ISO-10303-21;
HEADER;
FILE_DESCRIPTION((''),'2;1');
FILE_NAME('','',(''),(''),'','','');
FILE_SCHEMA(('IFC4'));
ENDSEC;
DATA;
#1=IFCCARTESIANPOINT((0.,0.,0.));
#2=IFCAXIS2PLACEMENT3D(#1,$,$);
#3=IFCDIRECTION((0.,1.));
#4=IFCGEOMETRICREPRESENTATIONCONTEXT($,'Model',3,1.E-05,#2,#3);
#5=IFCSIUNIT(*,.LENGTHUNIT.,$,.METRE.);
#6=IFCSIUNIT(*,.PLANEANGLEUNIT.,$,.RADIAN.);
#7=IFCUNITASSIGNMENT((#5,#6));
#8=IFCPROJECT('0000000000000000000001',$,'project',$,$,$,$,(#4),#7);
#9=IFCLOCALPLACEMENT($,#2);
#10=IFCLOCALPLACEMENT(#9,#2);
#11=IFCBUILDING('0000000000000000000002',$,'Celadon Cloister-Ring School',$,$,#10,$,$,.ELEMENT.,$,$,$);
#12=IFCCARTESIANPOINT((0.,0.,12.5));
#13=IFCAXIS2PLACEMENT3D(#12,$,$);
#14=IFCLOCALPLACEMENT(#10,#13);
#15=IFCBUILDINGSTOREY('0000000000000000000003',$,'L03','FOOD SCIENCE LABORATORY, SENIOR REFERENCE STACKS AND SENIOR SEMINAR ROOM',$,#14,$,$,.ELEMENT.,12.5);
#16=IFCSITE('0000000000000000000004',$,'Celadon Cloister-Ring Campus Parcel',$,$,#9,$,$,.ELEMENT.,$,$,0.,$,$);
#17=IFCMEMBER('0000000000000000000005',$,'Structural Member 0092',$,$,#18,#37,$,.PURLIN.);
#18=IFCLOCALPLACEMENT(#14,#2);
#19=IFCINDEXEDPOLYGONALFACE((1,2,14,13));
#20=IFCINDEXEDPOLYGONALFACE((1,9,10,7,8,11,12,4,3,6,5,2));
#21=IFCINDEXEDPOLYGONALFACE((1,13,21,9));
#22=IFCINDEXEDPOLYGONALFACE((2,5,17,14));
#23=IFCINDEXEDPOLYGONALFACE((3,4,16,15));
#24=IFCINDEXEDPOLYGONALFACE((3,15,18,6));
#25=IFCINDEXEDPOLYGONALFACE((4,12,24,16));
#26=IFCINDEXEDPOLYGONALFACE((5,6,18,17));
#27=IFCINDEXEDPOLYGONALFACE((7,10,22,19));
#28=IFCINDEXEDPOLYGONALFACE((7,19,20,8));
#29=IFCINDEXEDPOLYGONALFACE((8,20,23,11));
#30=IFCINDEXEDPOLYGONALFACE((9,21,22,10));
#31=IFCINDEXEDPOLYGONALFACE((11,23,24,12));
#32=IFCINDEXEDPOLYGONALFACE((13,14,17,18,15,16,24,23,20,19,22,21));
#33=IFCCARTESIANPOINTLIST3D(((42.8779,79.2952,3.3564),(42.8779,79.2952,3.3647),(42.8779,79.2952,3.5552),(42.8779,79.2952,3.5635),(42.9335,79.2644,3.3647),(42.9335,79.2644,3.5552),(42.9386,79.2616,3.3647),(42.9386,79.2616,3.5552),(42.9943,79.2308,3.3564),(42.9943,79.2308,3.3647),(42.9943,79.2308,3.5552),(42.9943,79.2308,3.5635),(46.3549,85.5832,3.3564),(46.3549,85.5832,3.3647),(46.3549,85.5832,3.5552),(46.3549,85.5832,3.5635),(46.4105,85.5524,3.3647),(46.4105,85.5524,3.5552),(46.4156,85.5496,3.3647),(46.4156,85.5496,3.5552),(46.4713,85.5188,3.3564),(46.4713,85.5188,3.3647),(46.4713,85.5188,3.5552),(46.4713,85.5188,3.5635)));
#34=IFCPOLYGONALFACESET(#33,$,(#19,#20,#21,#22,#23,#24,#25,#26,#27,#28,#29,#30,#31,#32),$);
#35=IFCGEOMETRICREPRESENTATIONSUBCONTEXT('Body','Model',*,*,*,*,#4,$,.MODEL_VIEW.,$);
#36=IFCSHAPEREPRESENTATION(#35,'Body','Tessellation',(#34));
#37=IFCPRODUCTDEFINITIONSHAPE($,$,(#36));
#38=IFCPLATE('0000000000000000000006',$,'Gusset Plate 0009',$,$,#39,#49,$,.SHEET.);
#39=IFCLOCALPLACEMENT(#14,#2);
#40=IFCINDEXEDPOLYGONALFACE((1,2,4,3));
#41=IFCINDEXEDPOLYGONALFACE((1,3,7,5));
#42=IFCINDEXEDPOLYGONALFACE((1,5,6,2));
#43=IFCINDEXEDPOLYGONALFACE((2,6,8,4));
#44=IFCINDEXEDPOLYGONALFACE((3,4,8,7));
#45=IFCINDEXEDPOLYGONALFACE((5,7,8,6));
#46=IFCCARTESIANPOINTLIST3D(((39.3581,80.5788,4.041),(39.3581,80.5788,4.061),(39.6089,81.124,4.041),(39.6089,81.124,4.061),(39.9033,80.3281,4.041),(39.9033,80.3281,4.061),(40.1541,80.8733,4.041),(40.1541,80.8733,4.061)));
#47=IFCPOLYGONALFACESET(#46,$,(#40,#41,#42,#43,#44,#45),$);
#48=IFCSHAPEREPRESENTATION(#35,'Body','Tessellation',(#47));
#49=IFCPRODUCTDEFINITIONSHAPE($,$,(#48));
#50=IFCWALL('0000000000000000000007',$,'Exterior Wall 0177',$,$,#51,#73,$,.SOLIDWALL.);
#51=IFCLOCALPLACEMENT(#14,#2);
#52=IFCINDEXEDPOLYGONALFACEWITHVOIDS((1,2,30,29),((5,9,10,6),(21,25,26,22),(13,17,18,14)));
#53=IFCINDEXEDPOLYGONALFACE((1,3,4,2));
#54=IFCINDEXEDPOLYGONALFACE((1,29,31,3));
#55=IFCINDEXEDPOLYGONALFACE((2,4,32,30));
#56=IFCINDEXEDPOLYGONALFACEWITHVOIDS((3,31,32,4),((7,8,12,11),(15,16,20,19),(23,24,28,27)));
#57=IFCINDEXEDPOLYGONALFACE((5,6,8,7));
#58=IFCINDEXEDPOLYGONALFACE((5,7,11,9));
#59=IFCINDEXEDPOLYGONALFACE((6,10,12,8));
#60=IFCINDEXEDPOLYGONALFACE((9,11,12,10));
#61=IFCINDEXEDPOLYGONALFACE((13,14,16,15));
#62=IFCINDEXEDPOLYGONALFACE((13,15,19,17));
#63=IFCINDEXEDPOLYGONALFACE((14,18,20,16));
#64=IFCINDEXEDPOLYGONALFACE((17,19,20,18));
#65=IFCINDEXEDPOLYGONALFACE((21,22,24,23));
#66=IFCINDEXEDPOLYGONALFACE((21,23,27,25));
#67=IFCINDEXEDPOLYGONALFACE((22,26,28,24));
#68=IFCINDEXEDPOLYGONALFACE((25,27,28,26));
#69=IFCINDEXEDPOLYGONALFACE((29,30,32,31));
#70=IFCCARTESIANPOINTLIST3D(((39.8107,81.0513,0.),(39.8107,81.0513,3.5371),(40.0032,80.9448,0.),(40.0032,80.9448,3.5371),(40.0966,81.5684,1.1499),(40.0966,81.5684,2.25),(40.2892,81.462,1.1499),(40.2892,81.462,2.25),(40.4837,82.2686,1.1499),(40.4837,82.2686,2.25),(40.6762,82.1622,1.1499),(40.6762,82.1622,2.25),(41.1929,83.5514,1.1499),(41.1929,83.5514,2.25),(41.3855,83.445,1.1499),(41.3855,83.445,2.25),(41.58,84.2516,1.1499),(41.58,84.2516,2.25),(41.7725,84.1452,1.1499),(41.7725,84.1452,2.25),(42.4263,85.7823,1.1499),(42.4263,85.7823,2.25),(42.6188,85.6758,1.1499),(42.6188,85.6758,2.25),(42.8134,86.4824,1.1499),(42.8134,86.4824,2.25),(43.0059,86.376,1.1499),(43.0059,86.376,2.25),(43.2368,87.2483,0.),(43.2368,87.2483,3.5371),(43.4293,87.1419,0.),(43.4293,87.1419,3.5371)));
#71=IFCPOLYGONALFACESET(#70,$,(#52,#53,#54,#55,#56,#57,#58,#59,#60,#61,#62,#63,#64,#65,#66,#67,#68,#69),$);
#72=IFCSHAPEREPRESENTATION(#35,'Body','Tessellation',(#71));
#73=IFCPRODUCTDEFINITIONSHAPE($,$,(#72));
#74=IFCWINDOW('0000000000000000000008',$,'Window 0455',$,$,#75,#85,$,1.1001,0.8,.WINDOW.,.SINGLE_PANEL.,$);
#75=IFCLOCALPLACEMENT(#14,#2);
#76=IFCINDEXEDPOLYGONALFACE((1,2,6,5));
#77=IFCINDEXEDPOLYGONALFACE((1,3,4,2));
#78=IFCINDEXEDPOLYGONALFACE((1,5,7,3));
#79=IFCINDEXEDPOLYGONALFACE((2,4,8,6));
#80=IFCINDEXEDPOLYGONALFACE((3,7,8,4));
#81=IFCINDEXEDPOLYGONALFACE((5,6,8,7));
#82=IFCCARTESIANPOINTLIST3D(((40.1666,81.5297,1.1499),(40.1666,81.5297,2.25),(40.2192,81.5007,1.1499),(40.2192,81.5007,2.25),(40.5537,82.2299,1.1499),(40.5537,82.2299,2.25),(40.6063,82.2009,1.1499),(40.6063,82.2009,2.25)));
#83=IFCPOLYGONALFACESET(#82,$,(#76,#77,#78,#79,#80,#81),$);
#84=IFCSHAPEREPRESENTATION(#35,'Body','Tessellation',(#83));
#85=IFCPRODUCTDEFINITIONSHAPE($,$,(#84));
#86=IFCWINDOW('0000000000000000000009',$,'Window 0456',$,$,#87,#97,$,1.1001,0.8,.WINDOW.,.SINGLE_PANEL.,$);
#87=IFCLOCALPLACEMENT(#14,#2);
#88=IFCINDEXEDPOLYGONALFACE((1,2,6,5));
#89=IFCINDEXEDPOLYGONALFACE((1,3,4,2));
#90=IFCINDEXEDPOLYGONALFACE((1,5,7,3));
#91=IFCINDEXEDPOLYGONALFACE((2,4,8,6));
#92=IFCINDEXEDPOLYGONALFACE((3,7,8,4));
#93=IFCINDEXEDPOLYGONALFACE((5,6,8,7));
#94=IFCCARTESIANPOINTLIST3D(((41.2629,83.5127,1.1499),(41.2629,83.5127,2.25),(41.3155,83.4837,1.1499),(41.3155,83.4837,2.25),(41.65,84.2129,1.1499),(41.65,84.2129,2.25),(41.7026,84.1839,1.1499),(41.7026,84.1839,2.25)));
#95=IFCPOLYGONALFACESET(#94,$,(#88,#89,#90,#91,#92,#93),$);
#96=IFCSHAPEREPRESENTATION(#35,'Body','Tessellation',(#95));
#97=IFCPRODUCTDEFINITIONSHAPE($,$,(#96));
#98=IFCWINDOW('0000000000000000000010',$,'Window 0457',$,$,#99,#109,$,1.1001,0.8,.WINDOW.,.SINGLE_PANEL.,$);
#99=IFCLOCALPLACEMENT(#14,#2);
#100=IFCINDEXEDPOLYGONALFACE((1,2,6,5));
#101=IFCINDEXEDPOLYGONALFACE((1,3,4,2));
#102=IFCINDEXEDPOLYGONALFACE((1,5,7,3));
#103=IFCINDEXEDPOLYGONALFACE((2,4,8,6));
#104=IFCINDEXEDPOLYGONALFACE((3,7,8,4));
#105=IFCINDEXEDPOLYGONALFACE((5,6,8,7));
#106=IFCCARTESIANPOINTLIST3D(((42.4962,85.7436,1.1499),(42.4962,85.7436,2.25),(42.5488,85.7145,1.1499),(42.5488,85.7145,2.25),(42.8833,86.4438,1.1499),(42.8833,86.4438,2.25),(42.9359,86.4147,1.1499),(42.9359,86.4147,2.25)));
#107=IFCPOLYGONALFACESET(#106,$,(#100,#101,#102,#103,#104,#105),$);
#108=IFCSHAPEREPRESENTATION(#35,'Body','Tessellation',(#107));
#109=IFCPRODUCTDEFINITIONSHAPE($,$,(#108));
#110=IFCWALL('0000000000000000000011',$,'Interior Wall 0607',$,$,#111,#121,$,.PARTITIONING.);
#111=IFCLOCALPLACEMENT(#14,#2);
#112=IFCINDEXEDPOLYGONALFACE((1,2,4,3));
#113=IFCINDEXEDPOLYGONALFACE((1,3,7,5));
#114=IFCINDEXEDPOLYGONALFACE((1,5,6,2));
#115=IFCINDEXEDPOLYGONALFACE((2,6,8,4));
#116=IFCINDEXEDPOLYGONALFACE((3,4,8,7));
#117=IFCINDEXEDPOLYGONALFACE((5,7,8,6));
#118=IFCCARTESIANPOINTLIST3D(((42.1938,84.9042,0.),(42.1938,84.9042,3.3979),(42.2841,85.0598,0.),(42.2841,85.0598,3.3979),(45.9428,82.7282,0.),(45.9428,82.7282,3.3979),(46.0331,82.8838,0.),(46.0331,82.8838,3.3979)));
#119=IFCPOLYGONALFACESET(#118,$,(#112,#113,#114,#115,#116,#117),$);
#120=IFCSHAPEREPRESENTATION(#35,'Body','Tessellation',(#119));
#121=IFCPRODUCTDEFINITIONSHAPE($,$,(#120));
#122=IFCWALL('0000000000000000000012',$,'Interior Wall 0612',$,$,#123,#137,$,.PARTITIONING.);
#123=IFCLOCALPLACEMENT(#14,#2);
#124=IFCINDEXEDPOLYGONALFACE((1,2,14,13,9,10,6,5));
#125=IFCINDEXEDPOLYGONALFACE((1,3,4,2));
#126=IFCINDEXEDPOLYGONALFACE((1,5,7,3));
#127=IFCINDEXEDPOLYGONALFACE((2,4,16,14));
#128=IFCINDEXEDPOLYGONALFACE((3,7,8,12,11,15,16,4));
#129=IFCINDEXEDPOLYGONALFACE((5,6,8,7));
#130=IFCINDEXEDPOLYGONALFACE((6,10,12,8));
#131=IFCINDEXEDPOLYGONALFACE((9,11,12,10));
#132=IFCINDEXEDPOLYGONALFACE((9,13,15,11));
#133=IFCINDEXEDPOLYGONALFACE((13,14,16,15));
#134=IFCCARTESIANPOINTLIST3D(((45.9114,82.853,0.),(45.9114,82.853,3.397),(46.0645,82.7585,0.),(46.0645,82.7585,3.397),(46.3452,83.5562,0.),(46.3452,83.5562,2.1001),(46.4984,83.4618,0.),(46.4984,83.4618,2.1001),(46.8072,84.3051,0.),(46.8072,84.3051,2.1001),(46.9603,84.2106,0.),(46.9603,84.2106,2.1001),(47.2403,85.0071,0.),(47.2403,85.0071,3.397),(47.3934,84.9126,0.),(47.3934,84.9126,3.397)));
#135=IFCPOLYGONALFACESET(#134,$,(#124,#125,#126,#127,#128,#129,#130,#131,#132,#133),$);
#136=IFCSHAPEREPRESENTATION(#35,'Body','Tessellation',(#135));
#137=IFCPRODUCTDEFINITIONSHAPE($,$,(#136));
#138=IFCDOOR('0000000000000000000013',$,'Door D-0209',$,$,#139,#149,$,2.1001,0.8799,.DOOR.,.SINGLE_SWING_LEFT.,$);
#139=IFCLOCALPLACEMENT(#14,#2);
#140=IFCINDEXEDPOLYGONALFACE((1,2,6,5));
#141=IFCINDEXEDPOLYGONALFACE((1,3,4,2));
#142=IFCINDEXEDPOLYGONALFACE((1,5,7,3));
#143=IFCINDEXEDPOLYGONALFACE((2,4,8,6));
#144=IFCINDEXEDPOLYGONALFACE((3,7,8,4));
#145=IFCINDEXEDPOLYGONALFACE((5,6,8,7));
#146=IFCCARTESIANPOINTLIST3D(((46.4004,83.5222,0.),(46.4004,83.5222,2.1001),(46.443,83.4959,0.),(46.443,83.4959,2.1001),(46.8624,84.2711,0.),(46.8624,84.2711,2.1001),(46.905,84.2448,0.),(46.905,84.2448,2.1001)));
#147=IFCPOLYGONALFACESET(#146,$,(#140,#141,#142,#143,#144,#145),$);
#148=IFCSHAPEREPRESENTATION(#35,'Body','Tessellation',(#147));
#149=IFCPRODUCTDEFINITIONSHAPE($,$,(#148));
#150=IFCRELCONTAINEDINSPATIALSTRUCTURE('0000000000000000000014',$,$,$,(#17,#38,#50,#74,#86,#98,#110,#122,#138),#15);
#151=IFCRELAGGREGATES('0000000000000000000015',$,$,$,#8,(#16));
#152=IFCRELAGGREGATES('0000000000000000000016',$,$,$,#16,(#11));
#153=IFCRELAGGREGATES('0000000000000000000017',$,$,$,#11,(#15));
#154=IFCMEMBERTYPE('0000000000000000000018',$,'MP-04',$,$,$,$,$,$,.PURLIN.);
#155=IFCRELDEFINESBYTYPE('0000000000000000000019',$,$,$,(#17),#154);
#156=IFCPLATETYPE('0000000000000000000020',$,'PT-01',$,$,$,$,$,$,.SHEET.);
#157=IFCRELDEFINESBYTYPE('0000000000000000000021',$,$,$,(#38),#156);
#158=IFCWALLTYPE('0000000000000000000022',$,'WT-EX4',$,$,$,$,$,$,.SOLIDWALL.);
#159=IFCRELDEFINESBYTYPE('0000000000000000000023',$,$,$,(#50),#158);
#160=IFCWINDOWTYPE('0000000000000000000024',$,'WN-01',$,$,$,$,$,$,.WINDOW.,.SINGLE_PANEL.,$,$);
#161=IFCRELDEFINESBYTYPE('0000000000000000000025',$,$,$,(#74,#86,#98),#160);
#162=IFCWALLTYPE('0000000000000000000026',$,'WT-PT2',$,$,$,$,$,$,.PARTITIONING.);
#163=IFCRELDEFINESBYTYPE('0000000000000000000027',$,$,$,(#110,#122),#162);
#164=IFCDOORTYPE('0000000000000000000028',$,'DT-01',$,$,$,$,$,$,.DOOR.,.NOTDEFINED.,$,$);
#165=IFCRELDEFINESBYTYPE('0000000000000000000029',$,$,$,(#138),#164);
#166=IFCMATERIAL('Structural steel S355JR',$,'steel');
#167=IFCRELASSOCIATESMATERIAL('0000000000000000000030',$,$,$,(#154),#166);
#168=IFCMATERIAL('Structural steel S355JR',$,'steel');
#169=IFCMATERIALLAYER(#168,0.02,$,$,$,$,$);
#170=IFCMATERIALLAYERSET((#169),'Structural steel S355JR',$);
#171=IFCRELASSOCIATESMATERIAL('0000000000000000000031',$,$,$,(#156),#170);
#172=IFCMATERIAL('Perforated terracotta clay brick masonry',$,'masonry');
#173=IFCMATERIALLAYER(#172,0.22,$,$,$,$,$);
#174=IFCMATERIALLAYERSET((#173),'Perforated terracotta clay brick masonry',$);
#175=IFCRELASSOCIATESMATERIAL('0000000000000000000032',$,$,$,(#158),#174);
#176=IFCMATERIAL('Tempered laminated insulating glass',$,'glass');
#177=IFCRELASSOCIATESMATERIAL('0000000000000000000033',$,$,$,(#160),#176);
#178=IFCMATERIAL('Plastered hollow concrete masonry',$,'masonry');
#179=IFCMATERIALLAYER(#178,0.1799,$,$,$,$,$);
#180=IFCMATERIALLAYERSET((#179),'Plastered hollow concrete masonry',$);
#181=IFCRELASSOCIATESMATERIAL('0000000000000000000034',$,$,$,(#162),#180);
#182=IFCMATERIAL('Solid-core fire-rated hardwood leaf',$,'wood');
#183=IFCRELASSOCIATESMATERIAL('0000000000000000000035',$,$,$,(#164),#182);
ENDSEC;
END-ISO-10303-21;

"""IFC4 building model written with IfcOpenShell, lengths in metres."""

from ifc_helpers import new_model, si_unit, direction, frame, frame_2d, origin, origin_2d, place, context, subcontext, project, spatial, rectangle, i_section, extrude, material, layer, layer_set, material_profile, profile_set, type_object, element, fill, save


model = new_model("IFC4")

# Units and contexts
model_context = context("Model", 3, precision=1e-05, world=origin(), true_north=direction((0.0, 1.0)))
body_context = subcontext(model_context, "Body", "Model", "MODEL_VIEW")
ifc_project = project(units=[si_unit("LENGTHUNIT", "METRE"), si_unit("PLANEANGLEUNIT", "RADIAN")], contexts=[model_context])

# Site, building, storey
site_placement = place(None, origin())
site = spatial("IfcSite", under=ifc_project, at=site_placement, Name="Celadon Cloister-Ring Campus Parcel", CompositionType="ELEMENT", RefElevation=0.0)
building_placement = place(site_placement, origin())
building = spatial("IfcBuilding", under=site, at=building_placement, Name="Celadon Cloister-Ring School", CompositionType="ELEMENT")
storey_placement = place(building_placement, frame((0.0, 0.0, 12.5)))
storey = spatial("IfcBuildingStorey", under=building, at=storey_placement, Name="L03", Description="FOOD SCIENCE LABORATORY, SENIOR REFERENCE STACKS AND SENIOR SEMINAR ROOM", CompositionType="ELEMENT", Elevation=12.5)

# Member
ifc_material_1 = material(Name="Structural steel S355JR", Category="steel")
ifc_material_profile = material_profile(ifc_material_1, i_section(OverallWidth=0.1331, OverallDepth=0.207, WebThickness=0.0059, FlangeThickness=0.0083, at=origin_2d()), Name="W200X27")
ifc_profile_set = profile_set([ifc_material_profile], Name="Structural steel S355JR")
member_type = type_object("IfcMemberType", Name="MP-04", PredefinedType="PURLIN", material=ifc_profile_set)
member_placement = place(storey_placement, frame((46.4131, 85.551, 3.46), z_axis=(-0.483905, -0.87512, 0.0), x_axis=(0.87512, -0.483905, 0.0)))
element("IfcMember", 1, at=member_placement, inside=storey, type_object=member_type, Name="Structural Member 0092", PredefinedType="PURLIN", context=body_context, shape_type="SweptSolid", body=[
    extrude(i_section(OverallWidth=0.1331, OverallDepth=0.207, WebThickness=0.0059, FlangeThickness=0.0083, at=origin_2d()), origin(), (0.0, 0.0, 1.0), 7.1853),
])

# Plate
ifc_material_2 = material(Name="Structural steel S355JR", Category="steel")
ifc_layer_1 = layer(ifc_material_2, 0.02)
ifc_layer_set_1 = layer_set([ifc_layer_1], Name="Structural steel S355JR")
plate_type = type_object("IfcPlateType", Name="PT-01", PredefinedType="SHEET", material=ifc_layer_set_1)
plate_placement = place(storey_placement, frame((39.7561, 80.7261, 4.041), z_axis=(0.0, 0.0, 1.0), x_axis=(-0.908537, 0.417804, 0.0)))
element("IfcPlate", 2, at=plate_placement, inside=storey, type_object=plate_type, Name="Gusset Plate 0009", PredefinedType="SHEET", context=body_context, shape_type="SweptSolid", body=[
    extrude(rectangle(XDim=0.6001, YDim=0.6001, at=origin_2d()), origin(), (0.0, 0.0, 1.0), 0.02),
])

# Wall, openings, windows
ifc_material_3 = material(Name="Perforated terracotta clay brick masonry", Category="masonry")
ifc_layer_2 = layer(ifc_material_3, 0.22)
ifc_layer_set_2 = layer_set([ifc_layer_2], Name="Perforated terracotta clay brick masonry")
wall_type_1 = type_object("IfcWallType", Name="WT-EX4", PredefinedType="SOLIDWALL", material=ifc_layer_set_2)
wall_1_placement = place(storey_placement, frame((39.907, 80.998, 0.0), z_axis=(0.0, 0.0, 1.0), x_axis=(0.483833, 0.87516, 0.0)))
wall_1 = element("IfcWall", 3, at=wall_1_placement, inside=storey, type_object=wall_type_1, Name="Exterior Wall 0177", PredefinedType="SOLIDWALL", context=body_context, shape_type="SweptSolid", body=[
    extrude(rectangle(XDim=7.0811, YDim=0.22, at=frame_2d((3.5405, 0.0))), origin(), (0.0, 0.0, 1.0), 3.5371),
])
opening_1_placement = place(wall_1_placement, frame((0.5911, 0.0, 1.1499)))
opening_1 = element("IfcOpeningElement", 4, at=opening_1_placement, cuts=wall_1, PredefinedType="OPENING", context=body_context, shape_type="SweptSolid", body=[
    extrude(rectangle(XDim=0.8, YDim=1.1001, at=frame_2d((0.3999, 0.55))), frame((0.0, 0.1201, 0.0), z_axis=(0.0, -1.0, 0.0), x_axis=(1.0, 0.0, 0.0)), (0.0, 0.0, 1.0), 0.24),
])
opening_2_placement = place(wall_1_placement, frame((2.8569, 0.0, 1.1499)))
opening_2 = element("IfcOpeningElement", 5, at=opening_2_placement, cuts=wall_1, PredefinedType="OPENING", context=body_context, shape_type="SweptSolid", body=[
    extrude(rectangle(XDim=0.8, YDim=1.1001, at=frame_2d((0.3999, 0.55))), frame((0.0, 0.1201, 0.0), z_axis=(0.0, -1.0, 0.0), x_axis=(1.0, 0.0, 0.0)), (0.0, 0.0, 1.0), 0.24),
])
opening_3_placement = place(wall_1_placement, frame((5.406, 0.0, 1.1499)))
opening_3 = element("IfcOpeningElement", 6, at=opening_3_placement, cuts=wall_1, PredefinedType="OPENING", context=body_context, shape_type="SweptSolid", body=[
    extrude(rectangle(XDim=0.8, YDim=1.1001, at=frame_2d((0.3999, 0.55))), frame((0.0, 0.1201, 0.0), z_axis=(0.0, -1.0, 0.0), x_axis=(1.0, 0.0, 0.0)), (0.0, 0.0, 1.0), 0.24),
])
ifc_material_4 = material(Name="Tempered laminated insulating glass", Category="glass")
window_type = type_object("IfcWindowType", Name="WN-01", PartitioningType="SINGLE_PANEL", PredefinedType="WINDOW", material=ifc_material_4)
window_1_placement = place(opening_1_placement, origin())
window_1 = element("IfcWindow", 7, at=window_1_placement, inside=storey, type_object=window_type, Name="Window 0455", OverallHeight=1.1001, OverallWidth=0.8, PartitioningType="SINGLE_PANEL", PredefinedType="WINDOW", context=body_context, shape_type="SweptSolid", body=[
    extrude(rectangle(XDim=0.8, YDim=1.1001, at=frame_2d((0.3999, 0.55))), frame((0.0, 0.03, 0.0), z_axis=(0.0, -1.0, 0.0), x_axis=(1.0, 0.0, 0.0)), (0.0, 0.0, 1.0), 0.0601),
])
fill(opening_1, window_1)
window_2_placement = place(opening_2_placement, origin())
window_2 = element("IfcWindow", 8, at=window_2_placement, inside=storey, type_object=window_type, Name="Window 0456", OverallHeight=1.1001, OverallWidth=0.8, PartitioningType="SINGLE_PANEL", PredefinedType="WINDOW", context=body_context, shape_type="SweptSolid", body=[
    extrude(rectangle(XDim=0.8, YDim=1.1001, at=frame_2d((0.3999, 0.55))), frame((0.0, 0.03, 0.0), z_axis=(0.0, -1.0, 0.0), x_axis=(1.0, 0.0, 0.0)), (0.0, 0.0, 1.0), 0.0601),
])
fill(opening_2, window_2)
window_3_placement = place(opening_3_placement, origin())
window_3 = element("IfcWindow", 9, at=window_3_placement, inside=storey, type_object=window_type, Name="Window 0457", OverallHeight=1.1001, OverallWidth=0.8, PartitioningType="SINGLE_PANEL", PredefinedType="WINDOW", context=body_context, shape_type="SweptSolid", body=[
    extrude(rectangle(XDim=0.8, YDim=1.1001, at=frame_2d((0.3999, 0.55))), frame((0.0, 0.03, 0.0), z_axis=(0.0, -1.0, 0.0), x_axis=(1.0, 0.0, 0.0)), (0.0, 0.0, 1.0), 0.0601),
])
fill(opening_3, window_3)

# Wall
ifc_material_5 = material(Name="Plastered hollow concrete masonry", Category="masonry")
ifc_layer_3 = layer(ifc_material_5, 0.1799)
ifc_layer_set_3 = layer_set([ifc_layer_3], Name="Plastered hollow concrete masonry")
wall_type_2 = type_object("IfcWallType", Name="WT-PT2", PredefinedType="PARTITIONING", material=ifc_layer_set_3)
wall_2_placement = place(storey_placement, frame((45.988, 82.8059, 0.0), z_axis=(0.0, 0.0, 1.0), x_axis=(-0.864872, 0.501993, 0.0)))
element("IfcWall", 10, at=wall_2_placement, inside=storey, type_object=wall_type_2, Name="Interior Wall 0607", PredefinedType="PARTITIONING", context=body_context, shape_type="SweptSolid", body=[
    extrude(rectangle(XDim=4.3347, YDim=0.1799, at=frame_2d((2.1675, 0.0))), origin(), (0.0, 0.0, 1.0), 3.3979),
])

# Wall, opening, door
wall_3_placement = place(storey_placement, frame((47.3169, 84.96, 0.0), z_axis=(0.0, 0.0, 1.0), x_axis=(-0.525039, -0.851078, 0.0)))
wall_3 = element("IfcWall", 11, at=wall_3_placement, inside=storey, type_object=wall_type_2, Name="Interior Wall 0612", PredefinedType="PARTITIONING", context=body_context, shape_type="SweptSolid", body=[
    extrude(rectangle(XDim=2.531, YDim=0.1799, at=frame_2d((1.2656, 0.0))), origin(), (0.0, 0.0, 1.0), 3.397),
])
opening_4_placement = place(wall_3_placement, frame((0.825, 0.0, 0.0)))
opening_4 = element("IfcOpeningElement", 12, at=opening_4_placement, cuts=wall_3, PredefinedType="OPENING", context=body_context, shape_type="SweptSolid", body=[
    extrude(rectangle(XDim=0.8799, YDim=2.1001, at=frame_2d((0.4399, 1.05))), frame((0.0, 0.1001, 0.0), z_axis=(0.0, -1.0, 0.0), x_axis=(1.0, 0.0, 0.0)), (0.0, 0.0, 1.0), 0.2),
])
ifc_material_6 = material(Name="Solid-core fire-rated hardwood leaf", Category="wood")
door_type = type_object("IfcDoorType", Name="DT-01", OperationType="NOTDEFINED", PredefinedType="DOOR", material=ifc_material_6)
door_1_placement = place(opening_4_placement, origin())
door_1 = element("IfcDoor", 13, at=door_1_placement, inside=storey, type_object=door_type, Name="Door D-0209", OperationType="SINGLE_SWING_LEFT", OverallHeight=2.1001, OverallWidth=0.8799, PredefinedType="DOOR", context=body_context, shape_type="SweptSolid", body=[
    extrude(rectangle(XDim=0.8799, YDim=2.1001, at=frame_2d((0.4399, 1.05))), frame((0.0, 0.0249, 0.0), z_axis=(0.0, -1.0, 0.0), x_axis=(1.0, 0.0, 0.0)), (0.0, 0.0, 1.0), 0.05),
])
fill(opening_4, door_1)

save(model, "model.ifc")
